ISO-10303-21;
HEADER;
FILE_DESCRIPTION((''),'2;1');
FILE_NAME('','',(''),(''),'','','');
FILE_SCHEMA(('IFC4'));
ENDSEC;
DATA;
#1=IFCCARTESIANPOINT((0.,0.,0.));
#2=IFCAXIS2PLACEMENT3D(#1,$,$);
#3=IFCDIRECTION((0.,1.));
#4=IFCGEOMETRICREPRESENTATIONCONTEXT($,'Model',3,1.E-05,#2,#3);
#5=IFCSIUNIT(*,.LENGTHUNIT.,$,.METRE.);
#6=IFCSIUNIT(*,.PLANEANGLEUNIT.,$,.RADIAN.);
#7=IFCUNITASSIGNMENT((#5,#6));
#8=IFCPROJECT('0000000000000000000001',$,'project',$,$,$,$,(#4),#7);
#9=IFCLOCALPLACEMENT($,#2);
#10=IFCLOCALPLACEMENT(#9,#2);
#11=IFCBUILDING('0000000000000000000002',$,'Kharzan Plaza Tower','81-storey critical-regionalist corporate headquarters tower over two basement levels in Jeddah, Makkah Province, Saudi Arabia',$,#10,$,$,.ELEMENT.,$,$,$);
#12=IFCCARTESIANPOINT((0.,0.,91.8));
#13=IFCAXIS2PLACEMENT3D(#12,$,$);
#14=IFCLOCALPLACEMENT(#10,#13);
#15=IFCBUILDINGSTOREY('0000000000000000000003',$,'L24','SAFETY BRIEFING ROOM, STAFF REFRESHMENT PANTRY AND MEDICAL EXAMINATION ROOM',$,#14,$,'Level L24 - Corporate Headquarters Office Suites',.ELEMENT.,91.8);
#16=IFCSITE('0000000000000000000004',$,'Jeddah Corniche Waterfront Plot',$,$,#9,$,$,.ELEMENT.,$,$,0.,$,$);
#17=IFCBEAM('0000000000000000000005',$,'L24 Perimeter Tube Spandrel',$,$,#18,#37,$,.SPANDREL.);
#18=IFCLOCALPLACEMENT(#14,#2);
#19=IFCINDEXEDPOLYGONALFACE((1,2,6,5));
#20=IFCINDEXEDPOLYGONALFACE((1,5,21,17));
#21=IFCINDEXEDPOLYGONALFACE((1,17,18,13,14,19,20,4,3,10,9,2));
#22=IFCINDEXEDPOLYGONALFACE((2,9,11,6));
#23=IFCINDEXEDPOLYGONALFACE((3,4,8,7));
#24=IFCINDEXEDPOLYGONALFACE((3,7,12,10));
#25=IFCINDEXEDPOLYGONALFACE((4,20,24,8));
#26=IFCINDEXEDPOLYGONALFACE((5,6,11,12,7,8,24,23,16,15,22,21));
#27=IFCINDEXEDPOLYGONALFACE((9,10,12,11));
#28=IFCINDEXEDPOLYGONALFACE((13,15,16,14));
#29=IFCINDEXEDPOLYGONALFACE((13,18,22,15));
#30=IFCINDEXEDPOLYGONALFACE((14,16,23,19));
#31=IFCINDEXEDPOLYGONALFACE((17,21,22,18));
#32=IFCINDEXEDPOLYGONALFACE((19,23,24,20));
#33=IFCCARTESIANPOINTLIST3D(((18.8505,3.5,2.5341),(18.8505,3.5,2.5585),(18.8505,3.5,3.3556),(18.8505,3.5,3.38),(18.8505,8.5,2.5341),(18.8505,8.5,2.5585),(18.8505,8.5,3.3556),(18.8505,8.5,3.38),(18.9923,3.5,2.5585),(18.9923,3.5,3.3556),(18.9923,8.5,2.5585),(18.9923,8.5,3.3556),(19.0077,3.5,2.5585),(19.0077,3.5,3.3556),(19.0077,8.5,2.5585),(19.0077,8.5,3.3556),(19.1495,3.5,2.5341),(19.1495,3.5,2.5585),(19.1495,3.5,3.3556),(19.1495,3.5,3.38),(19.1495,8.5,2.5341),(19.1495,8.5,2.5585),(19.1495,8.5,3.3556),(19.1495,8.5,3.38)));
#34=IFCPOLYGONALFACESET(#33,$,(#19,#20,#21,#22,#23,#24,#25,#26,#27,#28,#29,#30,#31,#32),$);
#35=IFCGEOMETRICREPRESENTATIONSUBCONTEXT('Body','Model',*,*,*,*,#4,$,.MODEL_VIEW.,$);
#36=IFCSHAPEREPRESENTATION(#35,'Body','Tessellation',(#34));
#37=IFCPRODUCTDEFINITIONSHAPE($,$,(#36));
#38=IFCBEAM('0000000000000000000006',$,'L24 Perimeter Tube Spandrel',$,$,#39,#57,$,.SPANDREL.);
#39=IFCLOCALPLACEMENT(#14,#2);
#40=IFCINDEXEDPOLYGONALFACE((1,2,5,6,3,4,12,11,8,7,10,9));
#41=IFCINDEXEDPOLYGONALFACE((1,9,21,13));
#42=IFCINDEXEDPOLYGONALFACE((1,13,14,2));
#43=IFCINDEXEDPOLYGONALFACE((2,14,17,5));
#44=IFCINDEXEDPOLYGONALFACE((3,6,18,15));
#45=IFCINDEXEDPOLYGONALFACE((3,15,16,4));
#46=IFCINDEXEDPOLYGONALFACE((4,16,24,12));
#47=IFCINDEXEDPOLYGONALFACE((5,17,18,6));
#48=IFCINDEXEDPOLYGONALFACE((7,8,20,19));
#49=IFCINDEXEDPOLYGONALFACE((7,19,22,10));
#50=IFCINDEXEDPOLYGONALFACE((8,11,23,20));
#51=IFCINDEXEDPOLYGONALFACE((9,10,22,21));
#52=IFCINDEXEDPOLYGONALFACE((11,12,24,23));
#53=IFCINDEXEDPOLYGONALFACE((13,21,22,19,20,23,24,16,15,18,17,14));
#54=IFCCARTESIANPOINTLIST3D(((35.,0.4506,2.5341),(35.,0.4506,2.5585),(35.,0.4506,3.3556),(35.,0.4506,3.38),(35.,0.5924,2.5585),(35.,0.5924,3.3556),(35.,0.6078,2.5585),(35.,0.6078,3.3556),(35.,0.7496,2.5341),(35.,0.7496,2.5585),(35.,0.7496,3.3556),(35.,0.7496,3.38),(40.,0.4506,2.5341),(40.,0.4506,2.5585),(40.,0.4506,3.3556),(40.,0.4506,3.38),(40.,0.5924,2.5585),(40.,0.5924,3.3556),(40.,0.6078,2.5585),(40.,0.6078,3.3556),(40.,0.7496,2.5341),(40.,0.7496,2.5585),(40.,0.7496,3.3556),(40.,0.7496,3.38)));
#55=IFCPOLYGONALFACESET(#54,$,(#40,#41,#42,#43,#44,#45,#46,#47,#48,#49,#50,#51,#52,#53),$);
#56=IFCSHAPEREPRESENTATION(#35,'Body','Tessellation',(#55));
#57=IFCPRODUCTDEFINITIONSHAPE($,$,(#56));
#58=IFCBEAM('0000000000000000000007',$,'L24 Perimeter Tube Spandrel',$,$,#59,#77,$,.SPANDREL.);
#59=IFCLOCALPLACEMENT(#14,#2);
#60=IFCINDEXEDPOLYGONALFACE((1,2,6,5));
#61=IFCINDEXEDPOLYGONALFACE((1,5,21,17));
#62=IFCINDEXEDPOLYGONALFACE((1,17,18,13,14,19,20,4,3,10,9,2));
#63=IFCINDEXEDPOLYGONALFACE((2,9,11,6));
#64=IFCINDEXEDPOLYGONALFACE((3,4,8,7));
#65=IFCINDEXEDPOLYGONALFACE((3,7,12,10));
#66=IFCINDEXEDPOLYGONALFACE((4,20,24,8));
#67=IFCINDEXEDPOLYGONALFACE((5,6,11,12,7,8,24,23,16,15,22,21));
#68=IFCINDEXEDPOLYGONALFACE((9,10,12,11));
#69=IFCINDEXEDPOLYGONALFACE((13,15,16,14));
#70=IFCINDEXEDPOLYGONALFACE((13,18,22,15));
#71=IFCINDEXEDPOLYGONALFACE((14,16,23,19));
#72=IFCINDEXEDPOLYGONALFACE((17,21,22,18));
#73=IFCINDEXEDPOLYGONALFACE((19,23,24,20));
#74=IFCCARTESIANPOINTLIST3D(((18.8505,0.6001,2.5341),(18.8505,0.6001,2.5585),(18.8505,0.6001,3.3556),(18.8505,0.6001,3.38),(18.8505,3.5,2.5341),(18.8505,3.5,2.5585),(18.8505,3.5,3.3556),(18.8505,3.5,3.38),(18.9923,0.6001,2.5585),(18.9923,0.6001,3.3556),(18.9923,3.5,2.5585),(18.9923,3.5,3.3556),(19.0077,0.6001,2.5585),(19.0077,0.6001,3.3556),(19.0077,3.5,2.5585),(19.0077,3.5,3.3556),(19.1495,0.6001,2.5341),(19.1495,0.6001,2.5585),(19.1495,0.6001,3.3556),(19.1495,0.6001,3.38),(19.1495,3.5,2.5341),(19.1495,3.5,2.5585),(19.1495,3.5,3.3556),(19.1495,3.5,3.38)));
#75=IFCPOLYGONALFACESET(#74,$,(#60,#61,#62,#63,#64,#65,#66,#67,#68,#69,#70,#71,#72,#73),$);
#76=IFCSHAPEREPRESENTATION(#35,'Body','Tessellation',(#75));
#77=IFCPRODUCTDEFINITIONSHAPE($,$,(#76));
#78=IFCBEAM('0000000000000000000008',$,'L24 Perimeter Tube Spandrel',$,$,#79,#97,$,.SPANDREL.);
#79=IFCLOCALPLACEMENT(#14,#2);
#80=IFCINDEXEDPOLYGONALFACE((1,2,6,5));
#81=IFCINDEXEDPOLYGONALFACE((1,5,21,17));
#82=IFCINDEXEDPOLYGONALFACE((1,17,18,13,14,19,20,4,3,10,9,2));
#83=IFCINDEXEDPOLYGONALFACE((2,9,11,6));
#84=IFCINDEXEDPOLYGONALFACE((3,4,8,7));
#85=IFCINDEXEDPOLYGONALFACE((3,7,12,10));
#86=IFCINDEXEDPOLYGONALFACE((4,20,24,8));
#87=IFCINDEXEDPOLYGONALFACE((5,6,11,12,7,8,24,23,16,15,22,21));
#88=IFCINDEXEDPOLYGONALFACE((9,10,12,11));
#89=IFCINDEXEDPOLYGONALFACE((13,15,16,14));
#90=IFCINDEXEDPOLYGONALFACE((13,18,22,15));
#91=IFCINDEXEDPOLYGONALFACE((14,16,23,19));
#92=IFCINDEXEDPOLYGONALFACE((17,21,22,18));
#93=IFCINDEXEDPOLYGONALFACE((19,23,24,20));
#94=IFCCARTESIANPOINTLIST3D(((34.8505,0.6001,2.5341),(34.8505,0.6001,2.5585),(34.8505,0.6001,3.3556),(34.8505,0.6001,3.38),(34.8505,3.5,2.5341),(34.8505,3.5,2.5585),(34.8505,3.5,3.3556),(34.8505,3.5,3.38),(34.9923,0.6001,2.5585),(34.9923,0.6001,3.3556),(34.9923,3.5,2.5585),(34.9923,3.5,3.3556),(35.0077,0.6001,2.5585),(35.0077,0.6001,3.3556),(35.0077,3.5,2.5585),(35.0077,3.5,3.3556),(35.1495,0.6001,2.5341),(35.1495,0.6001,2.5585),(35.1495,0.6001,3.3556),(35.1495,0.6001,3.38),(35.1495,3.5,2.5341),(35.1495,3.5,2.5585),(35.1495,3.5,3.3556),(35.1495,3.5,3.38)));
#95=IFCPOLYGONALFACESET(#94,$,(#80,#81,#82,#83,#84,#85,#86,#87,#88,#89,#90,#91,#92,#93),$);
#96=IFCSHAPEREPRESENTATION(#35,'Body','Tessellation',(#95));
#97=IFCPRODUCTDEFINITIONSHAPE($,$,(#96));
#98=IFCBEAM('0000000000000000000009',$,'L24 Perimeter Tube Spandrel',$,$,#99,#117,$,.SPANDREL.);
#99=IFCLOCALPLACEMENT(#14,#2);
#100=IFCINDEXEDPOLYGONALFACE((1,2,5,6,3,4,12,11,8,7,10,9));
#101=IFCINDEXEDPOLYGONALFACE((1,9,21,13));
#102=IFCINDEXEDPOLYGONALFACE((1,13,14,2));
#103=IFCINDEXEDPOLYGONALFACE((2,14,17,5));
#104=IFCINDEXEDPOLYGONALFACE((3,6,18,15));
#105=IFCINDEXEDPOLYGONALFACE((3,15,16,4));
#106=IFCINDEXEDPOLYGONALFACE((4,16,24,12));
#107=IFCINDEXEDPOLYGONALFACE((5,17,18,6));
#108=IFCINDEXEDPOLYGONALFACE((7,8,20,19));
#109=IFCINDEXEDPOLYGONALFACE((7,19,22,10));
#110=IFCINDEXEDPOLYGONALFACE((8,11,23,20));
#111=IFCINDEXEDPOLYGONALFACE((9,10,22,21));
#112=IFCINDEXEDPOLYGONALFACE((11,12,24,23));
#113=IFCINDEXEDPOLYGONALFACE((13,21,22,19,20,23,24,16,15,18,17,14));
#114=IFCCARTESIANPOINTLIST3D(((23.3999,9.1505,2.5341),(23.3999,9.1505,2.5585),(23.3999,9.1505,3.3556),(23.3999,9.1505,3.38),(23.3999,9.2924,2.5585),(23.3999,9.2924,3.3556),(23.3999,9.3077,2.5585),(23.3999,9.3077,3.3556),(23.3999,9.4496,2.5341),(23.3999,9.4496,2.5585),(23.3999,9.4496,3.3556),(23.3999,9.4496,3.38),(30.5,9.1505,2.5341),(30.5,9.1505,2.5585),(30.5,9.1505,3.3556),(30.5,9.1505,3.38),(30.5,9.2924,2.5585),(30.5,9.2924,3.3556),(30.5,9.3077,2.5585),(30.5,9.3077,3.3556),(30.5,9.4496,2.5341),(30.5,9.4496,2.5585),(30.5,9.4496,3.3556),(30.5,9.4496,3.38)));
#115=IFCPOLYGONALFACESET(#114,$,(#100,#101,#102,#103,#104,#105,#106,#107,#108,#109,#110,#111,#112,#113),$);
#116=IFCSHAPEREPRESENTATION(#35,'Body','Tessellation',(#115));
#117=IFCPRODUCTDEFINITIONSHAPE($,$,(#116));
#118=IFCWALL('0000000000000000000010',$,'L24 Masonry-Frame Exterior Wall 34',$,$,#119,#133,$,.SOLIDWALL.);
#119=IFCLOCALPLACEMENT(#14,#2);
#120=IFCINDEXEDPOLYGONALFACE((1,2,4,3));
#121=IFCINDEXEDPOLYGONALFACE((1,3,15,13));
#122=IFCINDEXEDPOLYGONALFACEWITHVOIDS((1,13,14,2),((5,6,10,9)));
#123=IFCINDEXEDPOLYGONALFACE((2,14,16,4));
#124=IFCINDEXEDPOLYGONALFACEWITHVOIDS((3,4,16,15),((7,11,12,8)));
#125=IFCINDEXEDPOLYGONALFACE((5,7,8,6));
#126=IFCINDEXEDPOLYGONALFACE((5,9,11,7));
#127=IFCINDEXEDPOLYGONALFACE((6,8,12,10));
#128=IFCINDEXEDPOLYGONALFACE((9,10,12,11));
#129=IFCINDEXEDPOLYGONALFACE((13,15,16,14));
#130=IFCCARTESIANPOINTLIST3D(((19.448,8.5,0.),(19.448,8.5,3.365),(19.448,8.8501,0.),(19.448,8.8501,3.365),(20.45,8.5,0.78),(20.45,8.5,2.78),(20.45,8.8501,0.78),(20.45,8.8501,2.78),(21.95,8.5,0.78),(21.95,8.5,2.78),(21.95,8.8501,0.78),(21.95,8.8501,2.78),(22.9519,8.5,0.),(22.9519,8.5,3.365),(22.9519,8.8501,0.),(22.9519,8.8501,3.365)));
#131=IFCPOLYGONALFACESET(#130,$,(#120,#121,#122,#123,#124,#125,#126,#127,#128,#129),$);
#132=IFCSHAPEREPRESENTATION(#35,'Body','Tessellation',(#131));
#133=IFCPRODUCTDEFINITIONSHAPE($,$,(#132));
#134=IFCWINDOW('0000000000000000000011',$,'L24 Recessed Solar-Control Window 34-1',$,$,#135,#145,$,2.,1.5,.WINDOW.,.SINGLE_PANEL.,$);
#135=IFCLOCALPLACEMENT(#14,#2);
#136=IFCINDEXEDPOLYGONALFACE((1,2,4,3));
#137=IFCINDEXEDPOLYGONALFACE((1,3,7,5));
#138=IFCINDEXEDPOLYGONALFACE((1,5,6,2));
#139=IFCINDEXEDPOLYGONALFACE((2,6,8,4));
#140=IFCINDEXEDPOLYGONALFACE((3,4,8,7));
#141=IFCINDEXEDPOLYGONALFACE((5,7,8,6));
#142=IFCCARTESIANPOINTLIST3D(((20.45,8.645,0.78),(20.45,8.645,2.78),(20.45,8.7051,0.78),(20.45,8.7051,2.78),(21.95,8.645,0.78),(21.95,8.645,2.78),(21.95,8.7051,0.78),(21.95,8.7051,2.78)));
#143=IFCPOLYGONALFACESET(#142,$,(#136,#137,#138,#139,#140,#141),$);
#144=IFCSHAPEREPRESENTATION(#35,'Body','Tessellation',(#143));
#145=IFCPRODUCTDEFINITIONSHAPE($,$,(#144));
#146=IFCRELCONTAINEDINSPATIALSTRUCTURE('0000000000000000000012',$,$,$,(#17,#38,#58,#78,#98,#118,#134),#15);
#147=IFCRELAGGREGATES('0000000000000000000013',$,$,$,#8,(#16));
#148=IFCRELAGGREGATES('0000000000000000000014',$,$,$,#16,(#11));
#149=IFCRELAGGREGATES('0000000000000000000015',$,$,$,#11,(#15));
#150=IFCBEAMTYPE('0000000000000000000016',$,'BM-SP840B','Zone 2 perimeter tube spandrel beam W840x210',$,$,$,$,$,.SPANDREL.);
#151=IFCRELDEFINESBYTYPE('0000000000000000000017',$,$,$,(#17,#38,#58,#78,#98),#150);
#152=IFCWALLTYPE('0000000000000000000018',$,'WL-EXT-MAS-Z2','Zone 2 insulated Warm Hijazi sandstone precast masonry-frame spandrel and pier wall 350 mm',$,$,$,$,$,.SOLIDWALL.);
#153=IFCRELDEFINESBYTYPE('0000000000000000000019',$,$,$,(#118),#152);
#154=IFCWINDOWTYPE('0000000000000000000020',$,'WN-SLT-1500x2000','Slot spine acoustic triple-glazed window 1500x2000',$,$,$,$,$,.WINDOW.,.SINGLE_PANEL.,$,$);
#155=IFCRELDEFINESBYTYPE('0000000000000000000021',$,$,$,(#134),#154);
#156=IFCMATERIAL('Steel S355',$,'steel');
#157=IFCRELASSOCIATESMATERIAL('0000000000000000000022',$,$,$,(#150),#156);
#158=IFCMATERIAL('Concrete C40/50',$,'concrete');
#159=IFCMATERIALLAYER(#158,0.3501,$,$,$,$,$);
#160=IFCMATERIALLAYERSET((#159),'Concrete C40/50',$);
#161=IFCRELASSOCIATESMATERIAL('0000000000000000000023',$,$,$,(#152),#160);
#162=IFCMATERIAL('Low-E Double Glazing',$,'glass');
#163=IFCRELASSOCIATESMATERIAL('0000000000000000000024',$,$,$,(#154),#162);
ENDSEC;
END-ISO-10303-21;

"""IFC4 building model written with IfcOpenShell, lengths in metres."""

from ifc_helpers import new_model, si_unit, direction, frame, frame_2d, origin, origin_2d, place, context, subcontext, project, spatial, rectangle, i_section, extrude, source, transform, mapped, material, layer, layer_set, material_profile, profile_set, type_object, element, fill, save


model = new_model("IFC4")

# Units and contexts
model_context = context("Model", 3, precision=1e-05, world=origin(), true_north=direction((0.0, 1.0)))
body_context = subcontext(model_context, "Body", "Model", "MODEL_VIEW")
ifc_project = project(units=[si_unit("LENGTHUNIT", "METRE"), si_unit("PLANEANGLEUNIT", "RADIAN")], contexts=[model_context])

# Site, building, storey
site_placement = place(None, origin())
site = spatial("IfcSite", under=ifc_project, at=site_placement, Name="Jeddah Corniche Waterfront Plot", CompositionType="ELEMENT", RefElevation=0.0)
building_placement = place(site_placement, origin())
building = spatial("IfcBuilding", under=site, at=building_placement, Name="Kharzan Plaza Tower", Description="81-storey critical-regionalist corporate headquarters tower over two basement levels in Jeddah, Makkah Province, Saudi Arabia", CompositionType="ELEMENT")
storey_placement = place(building_placement, frame((0.0, 0.0, 91.8)))
storey = spatial("IfcBuildingStorey", under=building, at=storey_placement, Name="L24", Description="SAFETY BRIEFING ROOM, STAFF REFRESHMENT PANTRY AND MEDICAL EXAMINATION ROOM", LongName="Level L24 - Corporate Headquarters Office Suites", CompositionType="ELEMENT", Elevation=91.8)

# Beams
ifc_material_1 = material(Name="Steel S355", Category="steel")
ifc_material_profile_1 = material_profile(ifc_material_1, i_section(OverallWidth=0.2991, OverallDepth=0.8459, WebThickness=0.0154, FlangeThickness=0.0244, at=origin_2d()), Name="W840x210")
ifc_profile_set_1 = profile_set([ifc_material_profile_1], Name="Steel S355")
beam_type_1 = type_object("IfcBeamType", Name="BM-SP840B", Description="Zone 2 perimeter tube spandrel beam W840x210", PredefinedType="SPANDREL", material=ifc_profile_set_1)
shared_shape_1 = source(origin(), body_context, "Body", "SweptSolid", [
    extrude(i_section(OverallWidth=0.2991, OverallDepth=0.8459, WebThickness=0.0154, FlangeThickness=0.0244, at=origin_2d()), origin(), (0.0, 0.0, 1.0), 5.0),
])
for number, where, z_axis, x_axis, name in (
    (1, (19.0, 3.5, 2.957), (0.0, 1.0, 0.0), (-1.0, 0.0, 0.0), "L24 Perimeter Tube Spandrel"),
    (2, (35.0, 0.6001, 2.957), (1.0, 0.0, 0.0), (0.0, 1.0, 0.0), "L24 Perimeter Tube Spandrel"),
):
    element("IfcBeam", number, at=place(storey_placement, frame(where, z_axis=z_axis, x_axis=x_axis)), inside=storey, type_object=beam_type_1, Name=name, PredefinedType="SPANDREL", context=body_context, shape_type="MappedRepresentation", body=[
        mapped(shared_shape_1, transform((0.0, 0.0, 0.0), x_axis=(1.0, 0.0, 0.0), y_axis=(0.0, 1.0, 0.0), z_axis=(0.0, 0.0, 1.0))),
    ])
shared_shape_2 = source(origin(), body_context, "Body", "SweptSolid", [
    extrude(i_section(OverallWidth=0.2991, OverallDepth=0.8459, WebThickness=0.0154, FlangeThickness=0.0244, at=origin_2d()), origin(), (0.0, 0.0, 1.0), 2.8999),
])
for number, where, z_axis, x_axis, name in (
    (3, (19.0, 0.6001, 2.957), (0.0, 1.0, 0.0), (-1.0, 0.0, 0.0), "L24 Perimeter Tube Spandrel"),
    (4, (35.0, 0.6001, 2.957), (0.0, 1.0, 0.0), (-1.0, 0.0, 0.0), "L24 Perimeter Tube Spandrel"),
):
    element("IfcBeam", number, at=place(storey_placement, frame(where, z_axis=z_axis, x_axis=x_axis)), inside=storey, type_object=beam_type_1, Name=name, PredefinedType="SPANDREL", context=body_context, shape_type="MappedRepresentation", body=[
        mapped(shared_shape_2, transform((0.0, 0.0, 0.0), x_axis=(1.0, 0.0, 0.0), y_axis=(0.0, 1.0, 0.0), z_axis=(0.0, 0.0, 1.0))),
    ])
shared_shape_3 = source(origin(), body_context, "Body", "SweptSolid", [
    extrude(i_section(OverallWidth=0.2991, OverallDepth=0.8459, WebThickness=0.0154, FlangeThickness=0.0244, at=origin_2d()), origin(), (0.0, 0.0, 1.0), 7.1001),
])
beam_1_placement = place(storey_placement, frame((23.3999, 9.3, 2.957), z_axis=(1.0, 0.0, 0.0), x_axis=(0.0, 1.0, 0.0)))
element("IfcBeam", 5, at=beam_1_placement, inside=storey, type_object=beam_type_1, Name="L24 Perimeter Tube Spandrel", PredefinedType="SPANDREL", context=body_context, shape_type="MappedRepresentation", body=[
    mapped(shared_shape_3, transform((0.0, 0.0, 0.0), x_axis=(1.0, 0.0, 0.0), y_axis=(0.0, 1.0, 0.0), z_axis=(0.0, 0.0, 1.0))),
])

# Wall, opening, window
ifc_material_2 = material(Name="Concrete C40/50", Category="concrete")
ifc_layer_1 = layer(ifc_material_2, 0.3501)
ifc_layer_set_1 = layer_set([ifc_layer_1], Name="Concrete C40/50")
wall_type_1 = type_object("IfcWallType", Name="WL-EXT-MAS-Z2", Description="Zone 2 insulated Warm Hijazi sandstone precast masonry-frame spandrel and pier wall 350 mm", PredefinedType="SOLIDWALL", material=ifc_layer_set_1)
wall_1_placement = place(storey_placement, frame((19.448, 8.675, 0.0), z_axis=(0.0, 0.0, 1.0), x_axis=(1.0, 0.0, 0.0)))
wall_1 = element("IfcWall", 6, at=wall_1_placement, inside=storey, type_object=wall_type_1, Name="L24 Masonry-Frame Exterior Wall 34", PredefinedType="SOLIDWALL", context=body_context, shape_type="SweptSolid", body=[
    extrude(rectangle(XDim=3.5039, YDim=0.3501, at=frame_2d((1.752, 0.0))), origin(), (0.0, 0.0, 1.0), 3.365),
])
opening_1_placement = place(wall_1_placement, frame((1.002, 0.0, 0.78)))
opening_1 = element("IfcOpeningElement", 7, at=opening_1_placement, cuts=wall_1, PredefinedType="OPENING", context=body_context, shape_type="SweptSolid", body=[
    extrude(rectangle(XDim=1.5, YDim=2.0, at=frame_2d((0.75, 1.0))), frame((0.0, 0.1851, 0.0), z_axis=(0.0, -1.0, 0.0), x_axis=(1.0, 0.0, 0.0)), (0.0, 0.0, 1.0), 0.3701),
])
ifc_material_3 = material(Name="Low-E Double Glazing", Category="glass")
window_type = type_object("IfcWindowType", Name="WN-SLT-1500x2000", Description="Slot spine acoustic triple-glazed window 1500x2000", PartitioningType="SINGLE_PANEL", PredefinedType="WINDOW", material=ifc_material_3)
shared_shape_4 = source(origin(), body_context, "Body", "SweptSolid", [
    extrude(rectangle(XDim=1.5, YDim=2.0, at=frame_2d((0.75, 1.0))), frame((0.0, 0.03, 0.0), z_axis=(0.0, -1.0, 0.0), x_axis=(1.0, 0.0, 0.0)), (0.0, 0.0, 1.0), 0.0601),
])
window_1_placement = place(opening_1_placement, origin())
window_1 = element("IfcWindow", 8, at=window_1_placement, inside=storey, type_object=window_type, Name="L24 Recessed Solar-Control Window 34-1", OverallHeight=2.0, OverallWidth=1.5, PartitioningType="SINGLE_PANEL", PredefinedType="WINDOW", context=body_context, shape_type="MappedRepresentation", body=[
    mapped(shared_shape_4, transform((0.0, 0.0, 0.0), x_axis=(1.0, 0.0, 0.0), y_axis=(0.0, 1.0, 0.0), z_axis=(0.0, 0.0, 1.0))),
])
fill(opening_1, window_1)

save(model, "model.ifc")
